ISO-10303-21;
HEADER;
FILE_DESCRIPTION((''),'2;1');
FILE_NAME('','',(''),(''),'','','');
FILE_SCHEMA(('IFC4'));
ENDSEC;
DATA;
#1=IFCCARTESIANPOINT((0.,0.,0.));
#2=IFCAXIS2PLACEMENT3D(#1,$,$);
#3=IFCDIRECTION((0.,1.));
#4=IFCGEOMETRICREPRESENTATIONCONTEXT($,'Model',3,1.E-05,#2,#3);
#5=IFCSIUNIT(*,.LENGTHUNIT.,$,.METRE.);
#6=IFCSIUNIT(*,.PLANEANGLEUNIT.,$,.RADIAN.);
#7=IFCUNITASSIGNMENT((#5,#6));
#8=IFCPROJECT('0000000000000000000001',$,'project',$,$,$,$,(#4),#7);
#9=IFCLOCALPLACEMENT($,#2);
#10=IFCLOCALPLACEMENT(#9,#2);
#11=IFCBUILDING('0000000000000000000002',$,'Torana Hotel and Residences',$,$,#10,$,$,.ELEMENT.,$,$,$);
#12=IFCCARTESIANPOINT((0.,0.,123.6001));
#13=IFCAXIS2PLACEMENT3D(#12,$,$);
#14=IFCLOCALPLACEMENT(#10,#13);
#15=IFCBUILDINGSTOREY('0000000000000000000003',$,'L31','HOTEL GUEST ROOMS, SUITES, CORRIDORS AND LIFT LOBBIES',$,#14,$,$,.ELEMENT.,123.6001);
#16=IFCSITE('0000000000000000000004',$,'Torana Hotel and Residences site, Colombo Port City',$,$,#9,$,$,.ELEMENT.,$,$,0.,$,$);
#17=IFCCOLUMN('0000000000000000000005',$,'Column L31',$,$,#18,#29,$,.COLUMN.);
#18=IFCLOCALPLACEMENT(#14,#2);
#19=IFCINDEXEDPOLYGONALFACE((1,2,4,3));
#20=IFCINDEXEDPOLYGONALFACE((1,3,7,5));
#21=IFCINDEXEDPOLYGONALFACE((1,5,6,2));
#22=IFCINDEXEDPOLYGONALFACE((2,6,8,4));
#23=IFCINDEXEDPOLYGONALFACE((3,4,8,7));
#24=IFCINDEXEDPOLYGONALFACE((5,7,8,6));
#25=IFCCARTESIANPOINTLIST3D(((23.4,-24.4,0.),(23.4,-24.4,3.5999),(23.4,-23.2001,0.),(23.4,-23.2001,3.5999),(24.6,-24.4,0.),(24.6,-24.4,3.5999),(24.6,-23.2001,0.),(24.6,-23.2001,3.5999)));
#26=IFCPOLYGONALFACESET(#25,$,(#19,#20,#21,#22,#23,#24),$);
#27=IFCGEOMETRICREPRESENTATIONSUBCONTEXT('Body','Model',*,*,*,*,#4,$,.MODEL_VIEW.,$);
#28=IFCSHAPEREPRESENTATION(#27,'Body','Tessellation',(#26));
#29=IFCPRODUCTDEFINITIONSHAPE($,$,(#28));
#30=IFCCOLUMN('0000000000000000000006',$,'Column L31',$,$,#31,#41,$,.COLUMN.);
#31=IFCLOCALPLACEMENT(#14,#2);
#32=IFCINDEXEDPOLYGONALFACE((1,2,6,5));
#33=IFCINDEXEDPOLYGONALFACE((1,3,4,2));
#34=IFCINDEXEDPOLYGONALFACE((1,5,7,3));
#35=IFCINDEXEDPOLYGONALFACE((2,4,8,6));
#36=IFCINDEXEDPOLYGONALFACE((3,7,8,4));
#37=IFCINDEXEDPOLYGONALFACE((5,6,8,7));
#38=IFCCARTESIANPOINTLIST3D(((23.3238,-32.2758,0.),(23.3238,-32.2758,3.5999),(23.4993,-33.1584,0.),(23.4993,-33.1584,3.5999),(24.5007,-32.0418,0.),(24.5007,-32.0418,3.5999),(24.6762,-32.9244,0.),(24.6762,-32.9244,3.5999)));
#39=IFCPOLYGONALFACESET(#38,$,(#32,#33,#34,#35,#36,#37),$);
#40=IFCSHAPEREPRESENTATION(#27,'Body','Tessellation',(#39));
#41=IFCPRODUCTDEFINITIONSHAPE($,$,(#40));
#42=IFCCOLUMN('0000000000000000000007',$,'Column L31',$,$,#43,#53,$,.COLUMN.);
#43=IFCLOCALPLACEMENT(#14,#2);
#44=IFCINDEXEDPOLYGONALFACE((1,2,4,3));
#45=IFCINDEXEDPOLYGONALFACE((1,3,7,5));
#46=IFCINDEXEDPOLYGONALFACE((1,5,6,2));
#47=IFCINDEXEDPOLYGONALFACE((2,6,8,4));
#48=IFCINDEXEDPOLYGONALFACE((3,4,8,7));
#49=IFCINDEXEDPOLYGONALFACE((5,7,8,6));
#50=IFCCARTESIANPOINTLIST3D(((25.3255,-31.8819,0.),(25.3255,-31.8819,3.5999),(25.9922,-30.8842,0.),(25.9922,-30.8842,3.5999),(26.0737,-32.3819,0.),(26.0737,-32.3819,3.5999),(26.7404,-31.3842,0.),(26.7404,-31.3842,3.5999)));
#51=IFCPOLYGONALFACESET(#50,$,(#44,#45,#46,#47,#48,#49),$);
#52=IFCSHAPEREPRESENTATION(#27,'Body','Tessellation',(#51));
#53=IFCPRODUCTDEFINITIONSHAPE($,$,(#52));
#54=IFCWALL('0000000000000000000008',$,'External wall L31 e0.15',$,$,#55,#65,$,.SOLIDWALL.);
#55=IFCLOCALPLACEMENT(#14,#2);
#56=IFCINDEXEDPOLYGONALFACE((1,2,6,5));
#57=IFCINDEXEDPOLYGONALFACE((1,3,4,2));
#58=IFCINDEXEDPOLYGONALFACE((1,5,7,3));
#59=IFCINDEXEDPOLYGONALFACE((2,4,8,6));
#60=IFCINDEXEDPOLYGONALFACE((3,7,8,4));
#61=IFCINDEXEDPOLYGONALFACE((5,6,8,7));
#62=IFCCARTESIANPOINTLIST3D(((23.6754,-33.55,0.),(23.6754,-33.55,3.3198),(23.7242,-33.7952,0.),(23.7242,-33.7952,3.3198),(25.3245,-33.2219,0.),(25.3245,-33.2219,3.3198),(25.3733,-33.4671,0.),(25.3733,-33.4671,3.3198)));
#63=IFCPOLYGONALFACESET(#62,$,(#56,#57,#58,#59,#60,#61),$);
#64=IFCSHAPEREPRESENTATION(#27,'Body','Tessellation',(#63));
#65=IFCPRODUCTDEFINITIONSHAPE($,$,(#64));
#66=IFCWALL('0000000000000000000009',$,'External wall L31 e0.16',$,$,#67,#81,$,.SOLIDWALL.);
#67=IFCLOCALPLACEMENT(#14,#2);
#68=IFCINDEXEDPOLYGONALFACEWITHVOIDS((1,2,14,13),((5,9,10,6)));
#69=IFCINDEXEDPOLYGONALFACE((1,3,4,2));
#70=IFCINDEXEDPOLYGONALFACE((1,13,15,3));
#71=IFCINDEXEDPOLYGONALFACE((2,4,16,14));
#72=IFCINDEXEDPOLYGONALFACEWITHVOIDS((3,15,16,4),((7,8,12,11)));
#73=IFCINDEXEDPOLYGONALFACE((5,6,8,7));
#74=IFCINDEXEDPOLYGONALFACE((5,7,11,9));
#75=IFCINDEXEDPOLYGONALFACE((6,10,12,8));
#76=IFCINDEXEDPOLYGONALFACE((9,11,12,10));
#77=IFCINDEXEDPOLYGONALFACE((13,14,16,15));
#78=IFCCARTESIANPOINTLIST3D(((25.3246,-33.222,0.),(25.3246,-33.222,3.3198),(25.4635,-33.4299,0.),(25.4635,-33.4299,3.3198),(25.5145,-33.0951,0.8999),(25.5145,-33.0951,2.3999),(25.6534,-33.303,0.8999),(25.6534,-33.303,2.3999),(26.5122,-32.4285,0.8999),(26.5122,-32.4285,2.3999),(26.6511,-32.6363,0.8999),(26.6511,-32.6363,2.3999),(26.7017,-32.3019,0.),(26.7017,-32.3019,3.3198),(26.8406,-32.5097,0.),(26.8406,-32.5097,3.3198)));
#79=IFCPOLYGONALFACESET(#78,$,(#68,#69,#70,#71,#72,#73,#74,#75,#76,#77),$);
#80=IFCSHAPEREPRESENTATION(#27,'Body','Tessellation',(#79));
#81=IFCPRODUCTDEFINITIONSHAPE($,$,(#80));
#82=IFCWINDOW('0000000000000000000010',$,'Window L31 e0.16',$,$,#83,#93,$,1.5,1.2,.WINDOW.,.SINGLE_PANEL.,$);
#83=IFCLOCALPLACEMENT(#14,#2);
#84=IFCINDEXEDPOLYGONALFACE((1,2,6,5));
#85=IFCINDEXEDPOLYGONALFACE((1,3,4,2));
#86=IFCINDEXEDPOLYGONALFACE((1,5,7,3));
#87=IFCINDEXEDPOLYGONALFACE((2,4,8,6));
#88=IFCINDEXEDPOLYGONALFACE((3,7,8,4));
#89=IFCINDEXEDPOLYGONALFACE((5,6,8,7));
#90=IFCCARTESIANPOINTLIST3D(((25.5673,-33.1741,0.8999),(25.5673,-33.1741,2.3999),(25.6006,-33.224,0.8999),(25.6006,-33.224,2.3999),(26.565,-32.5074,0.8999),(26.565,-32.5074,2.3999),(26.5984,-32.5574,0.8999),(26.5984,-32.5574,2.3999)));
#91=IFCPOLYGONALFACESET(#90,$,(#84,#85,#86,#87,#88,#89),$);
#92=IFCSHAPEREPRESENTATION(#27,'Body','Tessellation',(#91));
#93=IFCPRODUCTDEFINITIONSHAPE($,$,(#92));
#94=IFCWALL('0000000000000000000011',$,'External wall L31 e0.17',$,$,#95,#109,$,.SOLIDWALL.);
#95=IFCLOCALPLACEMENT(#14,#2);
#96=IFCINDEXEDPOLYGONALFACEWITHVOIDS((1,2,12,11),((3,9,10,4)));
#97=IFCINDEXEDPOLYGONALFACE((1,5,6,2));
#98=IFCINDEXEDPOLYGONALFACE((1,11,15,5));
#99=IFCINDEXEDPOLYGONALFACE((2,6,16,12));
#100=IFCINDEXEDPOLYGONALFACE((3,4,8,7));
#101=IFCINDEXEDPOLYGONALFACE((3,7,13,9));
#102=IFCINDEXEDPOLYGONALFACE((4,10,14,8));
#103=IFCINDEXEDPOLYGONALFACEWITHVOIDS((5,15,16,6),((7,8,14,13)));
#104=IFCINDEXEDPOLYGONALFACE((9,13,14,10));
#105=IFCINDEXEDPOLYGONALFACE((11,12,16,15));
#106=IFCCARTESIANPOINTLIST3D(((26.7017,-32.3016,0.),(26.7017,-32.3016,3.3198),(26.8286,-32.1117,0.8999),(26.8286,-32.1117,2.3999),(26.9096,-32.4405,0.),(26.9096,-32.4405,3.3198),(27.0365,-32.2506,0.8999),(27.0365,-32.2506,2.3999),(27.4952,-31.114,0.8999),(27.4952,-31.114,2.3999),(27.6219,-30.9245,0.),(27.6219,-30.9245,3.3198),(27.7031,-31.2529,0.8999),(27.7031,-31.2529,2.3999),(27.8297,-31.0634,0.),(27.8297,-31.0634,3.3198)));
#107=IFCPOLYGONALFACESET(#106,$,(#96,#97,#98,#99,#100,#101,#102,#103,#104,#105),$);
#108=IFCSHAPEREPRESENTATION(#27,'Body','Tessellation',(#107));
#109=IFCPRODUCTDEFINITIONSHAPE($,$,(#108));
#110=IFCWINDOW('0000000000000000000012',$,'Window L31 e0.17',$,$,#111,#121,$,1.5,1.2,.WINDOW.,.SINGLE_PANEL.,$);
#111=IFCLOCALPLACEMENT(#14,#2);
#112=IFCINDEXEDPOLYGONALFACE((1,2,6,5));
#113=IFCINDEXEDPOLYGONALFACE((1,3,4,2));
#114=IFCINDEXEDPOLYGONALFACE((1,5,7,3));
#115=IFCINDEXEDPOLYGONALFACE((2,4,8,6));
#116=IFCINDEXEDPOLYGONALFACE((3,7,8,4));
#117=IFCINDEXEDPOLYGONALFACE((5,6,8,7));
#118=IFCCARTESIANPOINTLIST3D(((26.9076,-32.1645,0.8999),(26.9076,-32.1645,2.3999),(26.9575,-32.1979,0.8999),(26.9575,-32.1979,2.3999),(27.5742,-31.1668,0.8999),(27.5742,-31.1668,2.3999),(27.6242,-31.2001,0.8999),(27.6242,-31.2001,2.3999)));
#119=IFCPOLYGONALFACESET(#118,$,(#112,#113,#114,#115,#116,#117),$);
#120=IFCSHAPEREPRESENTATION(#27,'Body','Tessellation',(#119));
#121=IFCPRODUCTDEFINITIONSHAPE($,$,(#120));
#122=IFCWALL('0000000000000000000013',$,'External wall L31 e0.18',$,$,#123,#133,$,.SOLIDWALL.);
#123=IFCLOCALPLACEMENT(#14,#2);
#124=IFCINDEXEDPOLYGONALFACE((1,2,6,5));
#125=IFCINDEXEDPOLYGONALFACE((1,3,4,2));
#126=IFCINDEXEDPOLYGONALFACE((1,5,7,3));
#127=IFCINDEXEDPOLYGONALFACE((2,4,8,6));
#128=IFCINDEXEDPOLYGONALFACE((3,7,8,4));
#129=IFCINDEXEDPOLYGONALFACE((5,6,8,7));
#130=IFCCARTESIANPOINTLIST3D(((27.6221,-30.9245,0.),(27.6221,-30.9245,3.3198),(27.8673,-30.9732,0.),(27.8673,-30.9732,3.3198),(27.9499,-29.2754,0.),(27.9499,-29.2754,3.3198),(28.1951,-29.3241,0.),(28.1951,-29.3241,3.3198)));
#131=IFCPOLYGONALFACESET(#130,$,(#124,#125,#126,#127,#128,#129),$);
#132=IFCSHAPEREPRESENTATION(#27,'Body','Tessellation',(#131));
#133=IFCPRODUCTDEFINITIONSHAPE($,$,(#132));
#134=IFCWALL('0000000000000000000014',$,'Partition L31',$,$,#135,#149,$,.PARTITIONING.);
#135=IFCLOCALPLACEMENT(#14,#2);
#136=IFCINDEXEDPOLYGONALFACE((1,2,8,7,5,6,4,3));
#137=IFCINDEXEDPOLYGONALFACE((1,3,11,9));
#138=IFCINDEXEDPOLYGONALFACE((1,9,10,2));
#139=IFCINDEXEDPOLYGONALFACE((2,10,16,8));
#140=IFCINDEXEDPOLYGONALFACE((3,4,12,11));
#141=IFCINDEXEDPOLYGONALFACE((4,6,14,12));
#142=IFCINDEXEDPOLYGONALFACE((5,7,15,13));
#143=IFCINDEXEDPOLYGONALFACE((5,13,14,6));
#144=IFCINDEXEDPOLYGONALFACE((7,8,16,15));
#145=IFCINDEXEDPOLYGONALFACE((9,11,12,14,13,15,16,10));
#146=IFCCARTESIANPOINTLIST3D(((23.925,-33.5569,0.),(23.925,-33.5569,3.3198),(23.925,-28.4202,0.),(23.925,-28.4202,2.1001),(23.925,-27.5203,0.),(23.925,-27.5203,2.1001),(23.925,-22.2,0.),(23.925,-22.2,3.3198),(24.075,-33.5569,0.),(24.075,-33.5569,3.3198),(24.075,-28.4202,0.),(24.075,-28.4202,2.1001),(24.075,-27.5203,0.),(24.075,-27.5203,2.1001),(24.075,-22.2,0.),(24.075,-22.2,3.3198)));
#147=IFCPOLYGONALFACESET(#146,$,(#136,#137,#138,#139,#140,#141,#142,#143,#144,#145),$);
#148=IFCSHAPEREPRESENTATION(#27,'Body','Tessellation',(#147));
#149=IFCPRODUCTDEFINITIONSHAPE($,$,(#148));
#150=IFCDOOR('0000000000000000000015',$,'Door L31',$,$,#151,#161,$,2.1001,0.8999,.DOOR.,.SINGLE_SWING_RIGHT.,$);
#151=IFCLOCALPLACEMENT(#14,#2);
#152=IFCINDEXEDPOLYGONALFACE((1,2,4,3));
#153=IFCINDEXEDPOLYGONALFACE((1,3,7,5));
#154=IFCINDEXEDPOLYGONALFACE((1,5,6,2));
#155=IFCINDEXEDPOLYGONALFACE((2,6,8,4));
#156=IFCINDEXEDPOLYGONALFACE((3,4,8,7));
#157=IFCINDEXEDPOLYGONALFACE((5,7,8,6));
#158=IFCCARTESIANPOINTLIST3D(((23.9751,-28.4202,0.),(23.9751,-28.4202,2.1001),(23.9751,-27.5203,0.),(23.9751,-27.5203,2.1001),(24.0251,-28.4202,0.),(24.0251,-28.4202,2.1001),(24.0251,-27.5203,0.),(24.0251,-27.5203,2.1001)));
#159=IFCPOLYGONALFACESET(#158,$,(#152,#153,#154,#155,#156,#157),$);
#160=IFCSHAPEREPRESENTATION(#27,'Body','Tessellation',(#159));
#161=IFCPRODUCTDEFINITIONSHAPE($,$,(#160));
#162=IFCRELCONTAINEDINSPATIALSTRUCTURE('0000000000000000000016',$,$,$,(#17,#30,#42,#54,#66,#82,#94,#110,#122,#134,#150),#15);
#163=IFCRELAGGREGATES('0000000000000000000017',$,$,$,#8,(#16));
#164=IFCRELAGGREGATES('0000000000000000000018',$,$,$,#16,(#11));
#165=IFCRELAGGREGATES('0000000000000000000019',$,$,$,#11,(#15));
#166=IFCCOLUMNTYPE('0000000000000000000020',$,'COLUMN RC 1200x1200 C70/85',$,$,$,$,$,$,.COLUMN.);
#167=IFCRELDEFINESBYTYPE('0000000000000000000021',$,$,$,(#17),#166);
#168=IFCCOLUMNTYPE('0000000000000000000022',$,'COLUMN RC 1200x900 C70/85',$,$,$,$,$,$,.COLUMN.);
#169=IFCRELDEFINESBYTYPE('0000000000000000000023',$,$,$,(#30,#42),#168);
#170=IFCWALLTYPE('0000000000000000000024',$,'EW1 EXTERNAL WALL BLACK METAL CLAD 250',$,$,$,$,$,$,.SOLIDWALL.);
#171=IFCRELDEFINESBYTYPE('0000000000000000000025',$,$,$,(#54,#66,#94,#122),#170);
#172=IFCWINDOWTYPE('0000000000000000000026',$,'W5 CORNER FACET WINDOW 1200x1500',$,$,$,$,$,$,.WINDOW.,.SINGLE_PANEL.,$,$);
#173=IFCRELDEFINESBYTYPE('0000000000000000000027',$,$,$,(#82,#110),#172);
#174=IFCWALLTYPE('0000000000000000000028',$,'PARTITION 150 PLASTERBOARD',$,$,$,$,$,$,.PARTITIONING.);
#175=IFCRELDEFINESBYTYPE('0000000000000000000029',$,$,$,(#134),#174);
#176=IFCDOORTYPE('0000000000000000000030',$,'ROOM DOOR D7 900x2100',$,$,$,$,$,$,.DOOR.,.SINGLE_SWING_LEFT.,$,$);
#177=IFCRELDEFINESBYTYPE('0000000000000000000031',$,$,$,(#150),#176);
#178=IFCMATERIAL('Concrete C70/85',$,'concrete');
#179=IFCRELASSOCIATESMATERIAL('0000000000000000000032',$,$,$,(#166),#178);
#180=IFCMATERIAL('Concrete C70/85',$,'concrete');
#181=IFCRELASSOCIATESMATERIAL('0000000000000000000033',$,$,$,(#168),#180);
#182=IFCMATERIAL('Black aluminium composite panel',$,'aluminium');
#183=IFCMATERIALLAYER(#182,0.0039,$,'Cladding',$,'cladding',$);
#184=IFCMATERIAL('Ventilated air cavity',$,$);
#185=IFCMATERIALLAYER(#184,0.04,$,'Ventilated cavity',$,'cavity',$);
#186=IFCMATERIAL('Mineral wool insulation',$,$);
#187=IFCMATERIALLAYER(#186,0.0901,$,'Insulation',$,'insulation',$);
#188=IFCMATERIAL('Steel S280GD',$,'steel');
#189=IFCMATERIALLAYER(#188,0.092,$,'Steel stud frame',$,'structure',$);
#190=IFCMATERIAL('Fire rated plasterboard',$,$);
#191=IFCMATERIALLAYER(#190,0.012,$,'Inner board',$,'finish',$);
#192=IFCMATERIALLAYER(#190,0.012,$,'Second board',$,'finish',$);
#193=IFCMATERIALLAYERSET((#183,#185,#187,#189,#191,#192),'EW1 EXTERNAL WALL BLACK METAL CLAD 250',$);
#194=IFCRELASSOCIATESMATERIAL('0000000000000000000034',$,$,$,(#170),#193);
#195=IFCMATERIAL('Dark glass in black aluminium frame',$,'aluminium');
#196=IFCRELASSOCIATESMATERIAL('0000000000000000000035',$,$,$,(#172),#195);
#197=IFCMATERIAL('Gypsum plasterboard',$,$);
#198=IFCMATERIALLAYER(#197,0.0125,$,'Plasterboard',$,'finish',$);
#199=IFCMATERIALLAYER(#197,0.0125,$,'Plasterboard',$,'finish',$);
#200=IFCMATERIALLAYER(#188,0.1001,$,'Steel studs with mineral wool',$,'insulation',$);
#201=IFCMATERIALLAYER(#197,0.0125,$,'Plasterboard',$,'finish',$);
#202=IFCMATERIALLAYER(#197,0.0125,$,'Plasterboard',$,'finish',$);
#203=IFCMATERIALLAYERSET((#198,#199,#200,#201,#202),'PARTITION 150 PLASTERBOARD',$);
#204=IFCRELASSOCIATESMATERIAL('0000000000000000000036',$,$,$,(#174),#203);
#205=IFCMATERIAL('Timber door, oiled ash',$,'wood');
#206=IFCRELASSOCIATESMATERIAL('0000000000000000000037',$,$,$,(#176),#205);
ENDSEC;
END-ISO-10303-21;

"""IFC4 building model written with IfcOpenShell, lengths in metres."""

from ifc_helpers import new_model, si_unit, direction, frame, frame_2d, origin, origin_2d, place, context, subcontext, project, spatial, rectangle, extrude, material, layer, layer_set, material_profile, profile_set, type_object, element, fill, save


model = new_model("IFC4")

# Units and contexts
model_context = context("Model", 3, precision=1e-05, world=origin(), true_north=direction((0.0, 1.0)))
body_context = subcontext(model_context, "Body", "Model", "MODEL_VIEW")
ifc_project = project(units=[si_unit("LENGTHUNIT", "METRE"), si_unit("PLANEANGLEUNIT", "RADIAN")], contexts=[model_context])

# Site, building, storey
site_placement = place(None, origin())
site = spatial("IfcSite", under=ifc_project, at=site_placement, Name="Torana Hotel and Residences site, Colombo Port City", CompositionType="ELEMENT", RefElevation=0.0)
building_placement = place(site_placement, origin())
building = spatial("IfcBuilding", under=site, at=building_placement, Name="Torana Hotel and Residences", CompositionType="ELEMENT")
storey_placement = place(building_placement, frame((0.0, 0.0, 123.6001)))
storey = spatial("IfcBuildingStorey", under=building, at=storey_placement, Name="L31", Description="HOTEL GUEST ROOMS, SUITES, CORRIDORS AND LIFT LOBBIES", CompositionType="ELEMENT", Elevation=123.6001)

# Columns
ifc_material_1 = material(Name="Concrete C70/85", Category="concrete")
ifc_material_profile_1 = material_profile(ifc_material_1, rectangle(XDim=1.2, YDim=1.2, at=origin_2d()), Name="RC 1200x1200")
ifc_profile_set_1 = profile_set([ifc_material_profile_1], Name="Concrete C70/85")
column_type_1 = type_object("IfcColumnType", Name="COLUMN RC 1200x1200 C70/85", PredefinedType="COLUMN", material=ifc_profile_set_1)
column_placement = place(storey_placement, frame((24.0, -23.8, 0.0), z_axis=(0.0, 0.0, 1.0), x_axis=(1.0, 0.0, 0.0)))
element("IfcColumn", 1, at=column_placement, inside=storey, type_object=column_type_1, Name="Column L31", PredefinedType="COLUMN", context=body_context, shape_type="SweptSolid", body=[
    extrude(rectangle(XDim=1.2, YDim=1.2, at=origin_2d()), origin(), (0.0, 0.0, 1.0), 3.5999),
])
ifc_material_2 = material(Name="Concrete C70/85", Category="concrete")
ifc_material_profile_2 = material_profile(ifc_material_2, rectangle(XDim=1.2, YDim=0.8999, at=origin_2d()), Name="RC 1200x900")
ifc_profile_set_2 = profile_set([ifc_material_profile_2], Name="Concrete C70/85")
column_type_2 = type_object("IfcColumnType", Name="COLUMN RC 1200x900 C70/85", PredefinedType="COLUMN", material=ifc_profile_set_2)
for number, where, z_axis, x_axis, name in (
    (2, (24.0, -32.6001, 0.0), (0.0, 0.0, 1.0), (0.980792, 0.195056, 0.0), "Column L31"),
    (3, (26.033, -31.6331, 0.0), (0.0, 0.0, 1.0), (0.555585, 0.83146, 0.0), "Column L31"),
):
    element("IfcColumn", number, at=place(storey_placement, frame(where, z_axis=z_axis, x_axis=x_axis)), inside=storey, type_object=column_type_2, Name=name, PredefinedType="COLUMN", context=body_context, shape_type="SweptSolid", body=[
        extrude(rectangle(XDim=1.2, YDim=0.8999, at=origin_2d()), origin(), (0.0, 0.0, 1.0), 3.5999),
    ])

# Wall
ifc_material_3 = material(Name="Black aluminium composite panel", Category="aluminium")
ifc_layer_1 = layer(ifc_material_3, 0.0039, Name="Cladding", Category="cladding")
ifc_material_4 = material(Name="Ventilated air cavity")
ifc_layer_2 = layer(ifc_material_4, 0.04, Name="Ventilated cavity", Category="cavity")
ifc_material_5 = material(Name="Mineral wool insulation")
ifc_layer_3 = layer(ifc_material_5, 0.0901, Name="Insulation", Category="insulation")
ifc_material_6 = material(Name="Steel S280GD", Category="steel")
ifc_layer_4 = layer(ifc_material_6, 0.092, Name="Steel stud frame", Category="structure")
ifc_material_7 = material(Name="Fire rated plasterboard")
ifc_layer_5 = layer(ifc_material_7, 0.012, Name="Inner board", Category="finish")
ifc_layer_6 = layer(ifc_material_7, 0.012, Name="Second board", Category="finish")
ifc_layer_set_1 = layer_set([ifc_layer_1, ifc_layer_2, ifc_layer_3, ifc_layer_4, ifc_layer_5, ifc_layer_6], Name="EW1 EXTERNAL WALL BLACK METAL CLAD 250")
wall_type_1 = type_object("IfcWallType", Name="EW1 EXTERNAL WALL BLACK METAL CLAD 250", PredefinedType="SOLIDWALL", material=ifc_layer_set_1)
wall_1_placement = place(storey_placement, frame((23.6997, -33.6726, 0.0), z_axis=(0.0, 0.0, 1.0), x_axis=(0.980776, 0.195139, 0.0)))
element("IfcWall", 4, at=wall_1_placement, inside=storey, type_object=wall_type_1, Name="External wall L31 e0.15", PredefinedType="SOLIDWALL", context=body_context, shape_type="SweptSolid", body=[
    extrude(rectangle(XDim=1.6814, YDim=0.25, at=frame_2d((0.8408, 0.0))), origin(), (0.0, 0.0, 1.0), 3.3198),
])

# Walls, openings, windows
wall_2_placement = place(storey_placement, frame((25.394, -33.3259, 0.0), z_axis=(0.0, 0.0, 1.0), x_axis=(0.831483, 0.55555, 0.0)))
wall_2 = element("IfcWall", 5, at=wall_2_placement, inside=storey, type_object=wall_type_1, Name="External wall L31 e0.16", PredefinedType="SOLIDWALL", context=body_context, shape_type="SweptSolid", body=[
    extrude(rectangle(XDim=1.6562, YDim=0.25, at=frame_2d((0.8281, 0.0))), origin(), (0.0, 0.0, 1.0), 3.3198),
])
opening_1_placement = place(wall_2_placement, frame((0.2283, 0.0, 0.8999)))
opening_1 = element("IfcOpeningElement", 6, at=opening_1_placement, cuts=wall_2, PredefinedType="OPENING", context=body_context, shape_type="SweptSolid", body=[
    extrude(rectangle(XDim=1.2, YDim=1.5, at=frame_2d((0.6001, 0.75))), frame((0.0, 0.135, 0.0), z_axis=(0.0, -1.0, 0.0), x_axis=(1.0, 0.0, 0.0)), (0.0, 0.0, 1.0), 0.27),
])
ifc_material_8 = material(Name="Dark glass in black aluminium frame", Category="aluminium")
window_type_1 = type_object("IfcWindowType", Name="W5 CORNER FACET WINDOW 1200x1500", PartitioningType="SINGLE_PANEL", PredefinedType="WINDOW", material=ifc_material_8)
window_1_placement = place(opening_1_placement, origin())
window_1 = element("IfcWindow", 7, at=window_1_placement, inside=storey, type_object=window_type_1, Name="Window L31 e0.16", OverallHeight=1.5, OverallWidth=1.2, PartitioningType="SINGLE_PANEL", PredefinedType="WINDOW", context=body_context, shape_type="SweptSolid", body=[
    extrude(rectangle(XDim=1.2, YDim=1.5, at=frame_2d((0.6001, 0.75))), frame((0.0, 0.03, 0.0), z_axis=(0.0, -1.0, 0.0), x_axis=(1.0, 0.0, 0.0)), (0.0, 0.0, 1.0), 0.0601),
])
fill(opening_1, window_1)
wall_3_placement = place(storey_placement, frame((26.8057, -32.3711, 0.0), z_axis=(0.0, 0.0, 1.0), x_axis=(0.55555, 0.831483, 0.0)))
wall_3 = element("IfcWall", 8, at=wall_3_placement, inside=storey, type_object=wall_type_1, Name="External wall L31 e0.17", PredefinedType="SOLIDWALL", context=body_context, shape_type="SweptSolid", body=[
    extrude(rectangle(XDim=1.6562, YDim=0.25, at=frame_2d((0.8281, 0.0))), origin(), (0.0, 0.0, 1.0), 3.3198),
])
opening_2_placement = place(wall_3_placement, frame((0.2283, 0.0, 0.8999)))
opening_2 = element("IfcOpeningElement", 9, at=opening_2_placement, cuts=wall_3, PredefinedType="OPENING", context=body_context, shape_type="SweptSolid", body=[
    extrude(rectangle(XDim=1.2, YDim=1.5, at=frame_2d((0.6001, 0.75))), frame((0.0, 0.135, 0.0), z_axis=(0.0, -1.0, 0.0), x_axis=(1.0, 0.0, 0.0)), (0.0, 0.0, 1.0), 0.27),
])
window_2_placement = place(opening_2_placement, origin())
window_2 = element("IfcWindow", 10, at=window_2_placement, inside=storey, type_object=window_type_1, Name="Window L31 e0.17", OverallHeight=1.5, OverallWidth=1.2, PartitioningType="SINGLE_PANEL", PredefinedType="WINDOW", context=body_context, shape_type="SweptSolid", body=[
    extrude(rectangle(XDim=1.2, YDim=1.5, at=frame_2d((0.6001, 0.75))), frame((0.0, 0.03, 0.0), z_axis=(0.0, -1.0, 0.0), x_axis=(1.0, 0.0, 0.0)), (0.0, 0.0, 1.0), 0.0601),
])
fill(opening_2, window_2)

# Wall
wall_4_placement = place(storey_placement, frame((27.7446, -30.949, 0.0), z_axis=(0.0, 0.0, 1.0), x_axis=(0.194999, 0.980803, 0.0)))
element("IfcWall", 11, at=wall_4_placement, inside=storey, type_object=wall_type_1, Name="External wall L31 e0.18", PredefinedType="SOLIDWALL", context=body_context, shape_type="SweptSolid", body=[
    extrude(rectangle(XDim=1.6814, YDim=0.25, at=frame_2d((0.8408, 0.0))), origin(), (0.0, 0.0, 1.0), 3.3198),
])

# Wall, opening, door
ifc_material_9 = material(Name="Gypsum plasterboard")
ifc_layer_7 = layer(ifc_material_9, 0.0125, Name="Plasterboard", Category="finish")
ifc_layer_8 = layer(ifc_material_9, 0.0125, Name="Plasterboard", Category="finish")
ifc_layer_9 = layer(ifc_material_6, 0.1001, Name="Steel studs with mineral wool", Category="insulation")
ifc_layer_10 = layer(ifc_material_9, 0.0125, Name="Plasterboard", Category="finish")
ifc_layer_11 = layer(ifc_material_9, 0.0125, Name="Plasterboard", Category="finish")
ifc_layer_set_2 = layer_set([ifc_layer_7, ifc_layer_8, ifc_layer_9, ifc_layer_10, ifc_layer_11], Name="PARTITION 150 PLASTERBOARD")
wall_type_2 = type_object("IfcWallType", Name="PARTITION 150 PLASTERBOARD", PredefinedType="PARTITIONING", material=ifc_layer_set_2)
wall_5_placement = place(storey_placement, frame((24.0, -33.5569, 0.0), z_axis=(0.0, 0.0, 1.0), x_axis=(0.0, 1.0, 0.0)))
wall_5 = element("IfcWall", 12, at=wall_5_placement, inside=storey, type_object=wall_type_2, Name="Partition L31", PredefinedType="PARTITIONING", context=body_context, shape_type="SweptSolid", body=[
    extrude(rectangle(XDim=11.3569, YDim=0.1499, at=frame_2d((5.6785, 0.0))), origin(), (0.0, 0.0, 1.0), 3.3198),
])
opening_3_placement = place(wall_5_placement, frame((5.1367, 0.0, 0.0)))
opening_3 = element("IfcOpeningElement", 13, at=opening_3_placement, cuts=wall_5, PredefinedType="OPENING", context=body_context, shape_type="SweptSolid", body=[
    extrude(rectangle(XDim=0.8999, YDim=2.1001, at=frame_2d((0.45, 1.05))), frame((0.0, 0.085, 0.0), z_axis=(0.0, -1.0, 0.0), x_axis=(1.0, 0.0, 0.0)), (0.0, 0.0, 1.0), 0.1699),
])
ifc_material_10 = material(Name="Timber door, oiled ash", Category="wood")
door_type_1 = type_object("IfcDoorType", Name="ROOM DOOR D7 900x2100", OperationType="SINGLE_SWING_LEFT", PredefinedType="DOOR", material=ifc_material_10)
door_1_placement = place(opening_3_placement, origin())
door_1 = element("IfcDoor", 14, at=door_1_placement, inside=storey, type_object=door_type_1, Name="Door L31", OperationType="SINGLE_SWING_RIGHT", OverallHeight=2.1001, OverallWidth=0.8999, PredefinedType="DOOR", context=body_context, shape_type="SweptSolid", body=[
    extrude(rectangle(XDim=0.8999, YDim=2.1001, at=frame_2d((0.45, 1.05))), frame((0.0, 0.0249, 0.0), z_axis=(0.0, -1.0, 0.0), x_axis=(1.0, 0.0, 0.0)), (0.0, 0.0, 1.0), 0.05),
])
fill(opening_3, door_1)

save(model, "model.ifc")
